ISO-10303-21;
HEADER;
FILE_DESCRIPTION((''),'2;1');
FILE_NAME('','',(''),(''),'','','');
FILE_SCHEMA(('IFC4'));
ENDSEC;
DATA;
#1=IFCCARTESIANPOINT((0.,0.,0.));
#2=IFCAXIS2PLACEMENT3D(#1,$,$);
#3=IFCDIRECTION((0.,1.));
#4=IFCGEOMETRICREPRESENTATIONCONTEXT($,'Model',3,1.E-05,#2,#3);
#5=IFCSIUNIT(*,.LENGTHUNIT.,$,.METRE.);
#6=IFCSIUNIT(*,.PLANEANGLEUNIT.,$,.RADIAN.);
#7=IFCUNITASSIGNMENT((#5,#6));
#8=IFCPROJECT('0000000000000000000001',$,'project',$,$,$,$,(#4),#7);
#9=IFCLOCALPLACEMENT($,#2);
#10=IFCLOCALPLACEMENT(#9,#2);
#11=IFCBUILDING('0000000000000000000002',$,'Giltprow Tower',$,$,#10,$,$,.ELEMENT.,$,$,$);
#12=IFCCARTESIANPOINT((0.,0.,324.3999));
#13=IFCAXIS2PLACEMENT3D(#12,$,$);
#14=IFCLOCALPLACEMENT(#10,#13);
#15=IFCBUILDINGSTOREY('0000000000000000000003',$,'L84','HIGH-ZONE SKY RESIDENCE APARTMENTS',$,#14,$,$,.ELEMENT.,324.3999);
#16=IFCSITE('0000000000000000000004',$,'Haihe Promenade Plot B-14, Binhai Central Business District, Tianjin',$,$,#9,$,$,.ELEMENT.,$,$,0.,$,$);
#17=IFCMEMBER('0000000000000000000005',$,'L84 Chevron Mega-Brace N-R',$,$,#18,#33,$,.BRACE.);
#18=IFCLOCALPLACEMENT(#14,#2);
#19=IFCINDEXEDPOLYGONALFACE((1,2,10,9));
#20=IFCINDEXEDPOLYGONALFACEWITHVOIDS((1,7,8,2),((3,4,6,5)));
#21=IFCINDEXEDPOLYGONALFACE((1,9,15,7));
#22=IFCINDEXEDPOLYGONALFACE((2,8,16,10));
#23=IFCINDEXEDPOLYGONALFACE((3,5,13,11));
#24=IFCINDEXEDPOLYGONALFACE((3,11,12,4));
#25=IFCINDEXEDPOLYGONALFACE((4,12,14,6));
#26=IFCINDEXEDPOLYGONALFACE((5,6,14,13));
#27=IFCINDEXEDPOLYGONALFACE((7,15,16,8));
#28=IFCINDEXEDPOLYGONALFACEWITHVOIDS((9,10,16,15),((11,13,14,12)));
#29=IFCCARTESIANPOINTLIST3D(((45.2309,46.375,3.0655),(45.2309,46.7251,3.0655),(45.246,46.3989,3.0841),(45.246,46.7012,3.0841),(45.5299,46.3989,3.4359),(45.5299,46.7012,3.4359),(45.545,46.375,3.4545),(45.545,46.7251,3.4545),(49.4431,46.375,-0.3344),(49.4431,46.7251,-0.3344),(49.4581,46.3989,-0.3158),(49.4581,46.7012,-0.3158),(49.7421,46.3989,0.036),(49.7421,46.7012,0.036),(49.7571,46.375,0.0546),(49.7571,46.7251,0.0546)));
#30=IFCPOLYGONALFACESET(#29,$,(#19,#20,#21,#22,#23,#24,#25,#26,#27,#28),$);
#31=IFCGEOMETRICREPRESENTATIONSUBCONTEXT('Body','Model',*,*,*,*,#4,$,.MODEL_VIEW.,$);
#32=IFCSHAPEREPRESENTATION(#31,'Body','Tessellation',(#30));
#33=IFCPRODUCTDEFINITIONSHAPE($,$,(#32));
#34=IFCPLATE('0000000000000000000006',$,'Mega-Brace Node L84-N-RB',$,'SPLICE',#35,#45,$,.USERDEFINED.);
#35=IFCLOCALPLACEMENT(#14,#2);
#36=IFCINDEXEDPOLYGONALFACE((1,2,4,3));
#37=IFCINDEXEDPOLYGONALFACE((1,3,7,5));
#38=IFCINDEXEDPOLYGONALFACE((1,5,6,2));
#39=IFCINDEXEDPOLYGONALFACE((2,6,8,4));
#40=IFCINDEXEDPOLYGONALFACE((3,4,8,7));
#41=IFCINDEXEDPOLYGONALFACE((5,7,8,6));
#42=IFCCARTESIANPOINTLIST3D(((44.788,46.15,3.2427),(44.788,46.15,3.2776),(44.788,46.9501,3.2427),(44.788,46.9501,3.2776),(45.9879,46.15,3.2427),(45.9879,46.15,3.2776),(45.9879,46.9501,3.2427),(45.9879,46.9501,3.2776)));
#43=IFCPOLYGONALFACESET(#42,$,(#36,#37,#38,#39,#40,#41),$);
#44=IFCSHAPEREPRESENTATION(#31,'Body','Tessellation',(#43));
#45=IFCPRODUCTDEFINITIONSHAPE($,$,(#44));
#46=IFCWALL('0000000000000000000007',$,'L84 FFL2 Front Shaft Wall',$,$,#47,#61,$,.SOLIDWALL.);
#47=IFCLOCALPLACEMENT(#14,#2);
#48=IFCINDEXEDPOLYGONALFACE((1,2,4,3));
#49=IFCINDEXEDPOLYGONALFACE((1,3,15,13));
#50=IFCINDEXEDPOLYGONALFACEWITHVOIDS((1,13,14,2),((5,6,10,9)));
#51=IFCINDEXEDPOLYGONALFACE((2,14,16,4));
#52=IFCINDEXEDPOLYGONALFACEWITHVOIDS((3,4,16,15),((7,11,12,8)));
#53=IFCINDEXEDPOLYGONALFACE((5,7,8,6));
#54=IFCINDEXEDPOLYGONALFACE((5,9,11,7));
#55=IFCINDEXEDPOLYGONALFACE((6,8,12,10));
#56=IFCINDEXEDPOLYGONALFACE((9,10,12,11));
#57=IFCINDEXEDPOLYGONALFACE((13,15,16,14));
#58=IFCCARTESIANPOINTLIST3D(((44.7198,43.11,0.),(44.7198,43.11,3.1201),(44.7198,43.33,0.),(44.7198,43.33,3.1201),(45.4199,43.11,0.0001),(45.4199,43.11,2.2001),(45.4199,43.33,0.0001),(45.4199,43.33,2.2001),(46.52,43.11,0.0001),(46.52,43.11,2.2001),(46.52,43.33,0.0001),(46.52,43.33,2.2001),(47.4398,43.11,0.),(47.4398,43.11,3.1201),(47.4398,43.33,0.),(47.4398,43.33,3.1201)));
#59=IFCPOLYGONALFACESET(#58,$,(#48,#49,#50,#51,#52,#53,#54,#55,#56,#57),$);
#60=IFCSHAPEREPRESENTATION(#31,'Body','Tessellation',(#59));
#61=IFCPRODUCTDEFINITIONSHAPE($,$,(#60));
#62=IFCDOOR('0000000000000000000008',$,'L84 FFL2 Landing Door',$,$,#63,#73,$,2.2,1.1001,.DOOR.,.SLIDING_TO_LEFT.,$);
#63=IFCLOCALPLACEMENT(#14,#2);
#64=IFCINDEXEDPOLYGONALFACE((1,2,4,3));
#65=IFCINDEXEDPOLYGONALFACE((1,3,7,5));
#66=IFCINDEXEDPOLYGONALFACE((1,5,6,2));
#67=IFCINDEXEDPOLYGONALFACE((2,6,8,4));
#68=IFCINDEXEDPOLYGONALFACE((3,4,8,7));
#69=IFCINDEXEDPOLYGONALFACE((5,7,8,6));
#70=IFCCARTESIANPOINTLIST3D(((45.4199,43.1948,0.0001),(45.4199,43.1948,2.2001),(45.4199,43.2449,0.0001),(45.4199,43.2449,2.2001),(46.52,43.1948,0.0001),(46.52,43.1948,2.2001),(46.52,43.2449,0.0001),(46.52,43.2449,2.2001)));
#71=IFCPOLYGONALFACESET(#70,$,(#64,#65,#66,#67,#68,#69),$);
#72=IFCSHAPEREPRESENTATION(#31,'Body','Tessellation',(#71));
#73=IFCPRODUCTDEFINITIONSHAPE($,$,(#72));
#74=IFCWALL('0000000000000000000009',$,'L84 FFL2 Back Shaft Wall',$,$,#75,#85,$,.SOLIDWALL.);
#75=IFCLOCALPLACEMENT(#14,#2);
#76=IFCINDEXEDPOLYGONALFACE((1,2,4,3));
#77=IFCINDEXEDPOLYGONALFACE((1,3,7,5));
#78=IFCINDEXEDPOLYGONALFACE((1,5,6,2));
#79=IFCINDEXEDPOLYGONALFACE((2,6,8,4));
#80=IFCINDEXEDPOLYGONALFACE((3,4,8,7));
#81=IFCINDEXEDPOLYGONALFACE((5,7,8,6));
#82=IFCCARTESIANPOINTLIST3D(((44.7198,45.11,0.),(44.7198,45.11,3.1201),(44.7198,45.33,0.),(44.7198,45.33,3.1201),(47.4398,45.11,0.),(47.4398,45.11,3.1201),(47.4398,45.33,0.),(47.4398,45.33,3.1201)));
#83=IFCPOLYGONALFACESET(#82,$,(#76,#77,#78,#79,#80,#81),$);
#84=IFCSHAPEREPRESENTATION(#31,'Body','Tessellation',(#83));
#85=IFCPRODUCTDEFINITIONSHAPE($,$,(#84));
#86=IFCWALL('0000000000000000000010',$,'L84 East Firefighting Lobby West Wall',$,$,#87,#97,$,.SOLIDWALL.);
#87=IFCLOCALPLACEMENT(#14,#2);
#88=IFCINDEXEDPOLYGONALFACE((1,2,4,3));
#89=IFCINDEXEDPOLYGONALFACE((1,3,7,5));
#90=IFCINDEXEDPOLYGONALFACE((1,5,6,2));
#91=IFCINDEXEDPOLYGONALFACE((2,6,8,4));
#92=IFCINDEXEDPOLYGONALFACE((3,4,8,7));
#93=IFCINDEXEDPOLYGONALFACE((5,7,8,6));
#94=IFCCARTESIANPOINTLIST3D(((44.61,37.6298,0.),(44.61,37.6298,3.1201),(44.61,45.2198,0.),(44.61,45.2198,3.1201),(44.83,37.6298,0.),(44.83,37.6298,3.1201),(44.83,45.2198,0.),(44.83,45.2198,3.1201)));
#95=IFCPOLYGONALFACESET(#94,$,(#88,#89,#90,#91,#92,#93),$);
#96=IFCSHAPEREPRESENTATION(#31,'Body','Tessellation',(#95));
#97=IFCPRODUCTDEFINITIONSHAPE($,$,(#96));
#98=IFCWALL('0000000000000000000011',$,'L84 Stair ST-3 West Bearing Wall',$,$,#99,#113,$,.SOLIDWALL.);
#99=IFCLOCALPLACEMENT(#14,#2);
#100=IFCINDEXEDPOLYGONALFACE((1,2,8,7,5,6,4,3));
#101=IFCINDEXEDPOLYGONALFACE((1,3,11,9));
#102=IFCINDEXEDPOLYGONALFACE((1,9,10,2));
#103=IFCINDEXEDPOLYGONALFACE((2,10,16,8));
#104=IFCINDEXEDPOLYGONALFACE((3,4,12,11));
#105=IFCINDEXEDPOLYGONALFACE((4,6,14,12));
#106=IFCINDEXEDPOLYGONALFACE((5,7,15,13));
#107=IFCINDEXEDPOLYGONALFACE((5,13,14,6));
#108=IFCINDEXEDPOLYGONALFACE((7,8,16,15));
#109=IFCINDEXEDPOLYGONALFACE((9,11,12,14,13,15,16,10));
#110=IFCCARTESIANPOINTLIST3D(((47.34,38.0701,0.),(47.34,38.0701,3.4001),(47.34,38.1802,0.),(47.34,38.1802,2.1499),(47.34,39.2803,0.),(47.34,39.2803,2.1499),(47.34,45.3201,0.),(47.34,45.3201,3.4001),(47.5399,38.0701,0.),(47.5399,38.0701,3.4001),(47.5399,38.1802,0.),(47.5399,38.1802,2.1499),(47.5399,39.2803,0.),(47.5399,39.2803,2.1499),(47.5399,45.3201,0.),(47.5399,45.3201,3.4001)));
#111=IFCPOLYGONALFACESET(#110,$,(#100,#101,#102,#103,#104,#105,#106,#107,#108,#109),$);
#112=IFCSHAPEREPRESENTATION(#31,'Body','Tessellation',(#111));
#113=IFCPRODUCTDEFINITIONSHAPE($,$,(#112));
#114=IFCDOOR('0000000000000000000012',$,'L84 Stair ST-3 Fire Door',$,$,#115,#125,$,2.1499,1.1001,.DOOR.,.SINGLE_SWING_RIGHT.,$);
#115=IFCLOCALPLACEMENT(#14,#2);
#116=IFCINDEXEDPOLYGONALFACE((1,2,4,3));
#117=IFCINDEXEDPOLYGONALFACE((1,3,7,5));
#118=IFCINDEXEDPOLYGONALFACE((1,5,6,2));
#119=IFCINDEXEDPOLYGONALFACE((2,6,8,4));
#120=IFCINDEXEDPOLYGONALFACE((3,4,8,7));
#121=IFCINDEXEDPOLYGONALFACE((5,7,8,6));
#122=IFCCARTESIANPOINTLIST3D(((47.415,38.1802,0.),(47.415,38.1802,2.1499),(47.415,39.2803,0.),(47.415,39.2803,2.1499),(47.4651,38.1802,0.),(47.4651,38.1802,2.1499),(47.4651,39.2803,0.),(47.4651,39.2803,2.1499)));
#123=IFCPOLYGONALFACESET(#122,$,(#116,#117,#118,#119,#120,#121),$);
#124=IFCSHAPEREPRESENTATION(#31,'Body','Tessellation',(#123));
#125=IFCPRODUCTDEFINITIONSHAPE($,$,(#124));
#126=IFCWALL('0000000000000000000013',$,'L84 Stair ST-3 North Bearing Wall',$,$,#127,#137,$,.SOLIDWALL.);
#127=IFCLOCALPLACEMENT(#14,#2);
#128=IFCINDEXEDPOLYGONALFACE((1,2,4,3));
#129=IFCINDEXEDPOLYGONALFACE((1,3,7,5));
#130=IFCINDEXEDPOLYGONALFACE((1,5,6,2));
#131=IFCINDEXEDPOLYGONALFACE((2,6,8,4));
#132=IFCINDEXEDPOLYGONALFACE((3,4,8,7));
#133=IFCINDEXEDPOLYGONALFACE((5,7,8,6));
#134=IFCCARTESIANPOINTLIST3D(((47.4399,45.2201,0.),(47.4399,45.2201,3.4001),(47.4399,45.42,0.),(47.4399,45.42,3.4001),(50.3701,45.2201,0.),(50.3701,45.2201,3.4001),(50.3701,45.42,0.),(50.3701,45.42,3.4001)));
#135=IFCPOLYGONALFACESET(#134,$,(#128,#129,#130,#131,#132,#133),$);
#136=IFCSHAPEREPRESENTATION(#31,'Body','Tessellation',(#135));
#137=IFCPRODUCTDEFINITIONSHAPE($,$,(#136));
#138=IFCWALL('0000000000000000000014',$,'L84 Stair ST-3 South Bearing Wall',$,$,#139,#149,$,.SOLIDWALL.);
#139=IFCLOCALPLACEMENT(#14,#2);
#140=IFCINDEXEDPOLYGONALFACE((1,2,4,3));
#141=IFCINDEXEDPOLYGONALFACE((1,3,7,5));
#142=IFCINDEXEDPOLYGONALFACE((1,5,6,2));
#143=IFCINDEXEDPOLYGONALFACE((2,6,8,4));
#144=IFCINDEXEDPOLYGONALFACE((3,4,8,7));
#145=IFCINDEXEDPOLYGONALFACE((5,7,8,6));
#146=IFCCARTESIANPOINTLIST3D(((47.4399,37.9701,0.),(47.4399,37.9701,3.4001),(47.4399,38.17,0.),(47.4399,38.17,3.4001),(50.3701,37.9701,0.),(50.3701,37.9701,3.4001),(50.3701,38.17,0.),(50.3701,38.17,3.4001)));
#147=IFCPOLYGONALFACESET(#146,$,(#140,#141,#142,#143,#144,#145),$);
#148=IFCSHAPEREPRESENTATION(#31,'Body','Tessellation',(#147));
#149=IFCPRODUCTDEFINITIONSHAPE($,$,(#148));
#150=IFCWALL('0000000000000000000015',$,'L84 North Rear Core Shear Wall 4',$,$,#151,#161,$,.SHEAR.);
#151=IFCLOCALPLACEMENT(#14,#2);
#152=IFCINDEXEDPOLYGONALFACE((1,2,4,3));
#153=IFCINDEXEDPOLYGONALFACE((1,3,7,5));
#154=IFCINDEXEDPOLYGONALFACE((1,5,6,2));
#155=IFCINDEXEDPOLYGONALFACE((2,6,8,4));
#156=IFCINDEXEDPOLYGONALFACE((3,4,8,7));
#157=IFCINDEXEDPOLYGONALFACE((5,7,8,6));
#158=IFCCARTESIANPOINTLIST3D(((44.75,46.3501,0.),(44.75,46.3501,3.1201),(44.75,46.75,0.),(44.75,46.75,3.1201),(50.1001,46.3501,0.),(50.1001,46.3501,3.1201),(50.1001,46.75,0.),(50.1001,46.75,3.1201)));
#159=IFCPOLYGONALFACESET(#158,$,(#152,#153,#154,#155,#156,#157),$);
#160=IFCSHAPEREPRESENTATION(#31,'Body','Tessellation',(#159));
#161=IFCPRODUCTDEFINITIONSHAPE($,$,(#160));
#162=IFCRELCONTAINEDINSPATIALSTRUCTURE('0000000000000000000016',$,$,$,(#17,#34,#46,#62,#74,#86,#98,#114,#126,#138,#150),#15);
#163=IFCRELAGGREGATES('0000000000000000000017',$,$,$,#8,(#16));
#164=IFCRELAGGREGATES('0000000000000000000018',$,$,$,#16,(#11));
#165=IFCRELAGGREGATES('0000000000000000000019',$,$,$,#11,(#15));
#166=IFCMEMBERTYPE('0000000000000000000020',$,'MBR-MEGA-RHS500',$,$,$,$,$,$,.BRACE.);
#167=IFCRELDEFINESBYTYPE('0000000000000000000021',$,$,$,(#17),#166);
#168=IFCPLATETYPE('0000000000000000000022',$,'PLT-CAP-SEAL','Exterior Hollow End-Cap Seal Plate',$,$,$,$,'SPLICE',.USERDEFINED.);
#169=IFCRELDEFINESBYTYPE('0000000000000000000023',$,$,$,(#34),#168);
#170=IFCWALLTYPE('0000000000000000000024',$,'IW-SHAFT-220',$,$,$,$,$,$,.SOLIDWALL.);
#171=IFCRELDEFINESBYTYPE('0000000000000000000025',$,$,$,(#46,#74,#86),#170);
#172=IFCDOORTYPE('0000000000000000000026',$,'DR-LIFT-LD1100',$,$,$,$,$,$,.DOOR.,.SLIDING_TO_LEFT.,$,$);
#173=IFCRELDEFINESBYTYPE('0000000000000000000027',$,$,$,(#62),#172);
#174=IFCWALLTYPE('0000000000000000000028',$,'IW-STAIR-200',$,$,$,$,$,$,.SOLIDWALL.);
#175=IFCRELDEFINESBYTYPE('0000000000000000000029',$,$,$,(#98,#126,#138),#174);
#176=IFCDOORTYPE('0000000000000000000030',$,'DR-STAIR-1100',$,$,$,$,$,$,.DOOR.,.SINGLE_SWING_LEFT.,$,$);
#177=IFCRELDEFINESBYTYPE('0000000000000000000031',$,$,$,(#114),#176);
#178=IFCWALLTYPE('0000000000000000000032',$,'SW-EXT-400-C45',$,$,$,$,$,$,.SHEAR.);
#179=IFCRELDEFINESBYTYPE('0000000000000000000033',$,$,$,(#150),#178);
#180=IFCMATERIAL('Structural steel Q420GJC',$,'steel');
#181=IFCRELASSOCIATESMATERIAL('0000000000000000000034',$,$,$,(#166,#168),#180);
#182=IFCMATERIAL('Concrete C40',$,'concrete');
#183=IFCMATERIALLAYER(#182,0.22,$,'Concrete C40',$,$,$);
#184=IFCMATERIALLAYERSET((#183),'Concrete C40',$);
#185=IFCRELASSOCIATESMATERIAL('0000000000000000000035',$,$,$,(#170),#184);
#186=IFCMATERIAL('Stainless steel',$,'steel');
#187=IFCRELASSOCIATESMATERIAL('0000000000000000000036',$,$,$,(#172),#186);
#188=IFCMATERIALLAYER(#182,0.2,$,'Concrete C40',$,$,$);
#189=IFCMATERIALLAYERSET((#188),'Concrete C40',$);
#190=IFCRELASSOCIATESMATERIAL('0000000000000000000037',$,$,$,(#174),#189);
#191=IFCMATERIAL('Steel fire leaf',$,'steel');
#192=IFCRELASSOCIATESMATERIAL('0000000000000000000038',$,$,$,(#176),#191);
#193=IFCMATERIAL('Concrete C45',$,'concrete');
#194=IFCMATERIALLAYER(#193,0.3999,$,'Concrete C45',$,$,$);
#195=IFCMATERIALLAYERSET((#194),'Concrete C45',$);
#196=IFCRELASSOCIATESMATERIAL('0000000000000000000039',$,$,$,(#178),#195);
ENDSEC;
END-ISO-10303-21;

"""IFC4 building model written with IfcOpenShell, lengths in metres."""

from ifc_helpers import new_model, si_unit, direction, frame, frame_2d, origin, origin_2d, place, context, subcontext, project, spatial, rectangle, hollow_rectangle, extrude, source, transform, mapped, material, layer, layer_set, material_profile, profile_set, type_object, element, fill, save


model = new_model("IFC4")

# Units and contexts
model_context = context("Model", 3, precision=1e-05, world=origin(), true_north=direction((0.0, 1.0)))
body_context = subcontext(model_context, "Body", "Model", "MODEL_VIEW")
ifc_project = project(units=[si_unit("LENGTHUNIT", "METRE"), si_unit("PLANEANGLEUNIT", "RADIAN")], contexts=[model_context])

# Site, building, storey
site_placement = place(None, origin())
site = spatial("IfcSite", under=ifc_project, at=site_placement, Name="Haihe Promenade Plot B-14, Binhai Central Business District, Tianjin", CompositionType="ELEMENT", RefElevation=0.0)
building_placement = place(site_placement, origin())
building = spatial("IfcBuilding", under=site, at=building_placement, Name="Giltprow Tower", CompositionType="ELEMENT")
storey_placement = place(building_placement, frame((0.0, 0.0, 324.3999)))
storey = spatial("IfcBuildingStorey", under=building, at=storey_placement, Name="L84", Description="HIGH-ZONE SKY RESIDENCE APARTMENTS", CompositionType="ELEMENT", Elevation=324.3999)

# Member
ifc_material_1 = material(Name="Structural steel Q420GJC", Category="steel")
ifc_material_profile = material_profile(ifc_material_1, hollow_rectangle(XDim=0.3501, YDim=0.5, WallThickness=0.0239, at=origin_2d()), Name="RHS 500x350x24")
ifc_profile_set = profile_set([ifc_material_profile], Name="Structural steel Q420GJC")
member_type = type_object("IfcMemberType", Name="MBR-MEGA-RHS500", PredefinedType="BRACE", material=ifc_profile_set)
shared_shape_1 = source(origin(), body_context, "Body", "SweptSolid", [
    extrude(hollow_rectangle(XDim=0.3501, YDim=0.5, WallThickness=0.0239, at=origin_2d()), origin(), (0.0, 0.0, 1.0), 5.4131),
])
member_placement = place(storey_placement, frame((49.6001, 46.55, -0.1399), z_axis=(-0.778142, 0.0, 0.628088), x_axis=(0.0, -1.0, 0.0)))
element("IfcMember", 1, at=member_placement, inside=storey, type_object=member_type, Name="L84 Chevron Mega-Brace N-R", PredefinedType="BRACE", context=body_context, shape_type="MappedRepresentation", body=[
    mapped(shared_shape_1, transform((0.0, 0.0, 0.0), x_axis=(1.0, 0.0, 0.0), y_axis=(0.0, 1.0, 0.0), z_axis=(0.0, 0.0, 1.0), scale=1.0)),
])

# Plate
plate_type = type_object("IfcPlateType", Name="PLT-CAP-SEAL", Description="Exterior Hollow End-Cap Seal Plate", ElementType="SPLICE", PredefinedType="USERDEFINED", material=ifc_material_1)
shared_shape_2 = source(origin(), body_context, "Body", "SweptSolid", [
    extrude(rectangle(XDim=1.2, YDim=0.8, at=origin_2d()), origin(), (0.0, 0.0, 1.0), 0.0349),
])
plate_placement = place(storey_placement, frame((45.3879, 46.55, 3.2427), z_axis=(0.0, 0.0, 1.0), x_axis=(1.0, 0.0, 0.0)))
element("IfcPlate", 2, at=plate_placement, inside=storey, type_object=plate_type, Name="Mega-Brace Node L84-N-RB", ObjectType="SPLICE", PredefinedType="USERDEFINED", context=body_context, shape_type="MappedRepresentation", body=[
    mapped(shared_shape_2, transform((0.0, 0.0, 0.0), x_axis=(1.0, 0.0, 0.0), y_axis=(0.0, 1.0, 0.0), z_axis=(0.0, 0.0, 1.0), scale=1.0)),
])

# Wall, opening, door
ifc_material_2 = material(Name="Concrete C40", Category="concrete")
ifc_layer_1 = layer(ifc_material_2, 0.22, Name="Concrete C40")
ifc_layer_set_1 = layer_set([ifc_layer_1], Name="Concrete C40")
wall_type_1 = type_object("IfcWallType", Name="IW-SHAFT-220", PredefinedType="SOLIDWALL", material=ifc_layer_set_1)
wall_1_placement = place(storey_placement, frame((44.72, 43.22, 0.0), z_axis=(0.0, 0.0, 1.0), x_axis=(1.0, 0.0, 0.0)))
wall_1 = element("IfcWall", 3, at=wall_1_placement, inside=storey, type_object=wall_type_1, Name="L84 FFL2 Front Shaft Wall", PredefinedType="SOLIDWALL", context=body_context, shape_type="SweptSolid", body=[
    extrude(rectangle(XDim=2.72, YDim=0.22, at=frame_2d((1.3599, 0.0))), origin(), (0.0, 0.0, 1.0), 3.1201),
])
opening_1_placement = place(wall_1_placement, frame((0.7, 0.0, 0.0)))
opening_1 = element("IfcOpeningElement", 4, at=opening_1_placement, cuts=wall_1, PredefinedType="OPENING", context=body_context, shape_type="SweptSolid", body=[
    extrude(rectangle(XDim=1.1001, YDim=2.2, at=frame_2d((0.55, 1.1001))), frame((0.0, 0.1199, 0.0), z_axis=(0.0, -1.0, 0.0), x_axis=(1.0, 0.0, 0.0)), (0.0, 0.0, 1.0), 0.24),
])
ifc_material_3 = material(Name="Stainless steel", Category="steel")
door_type_1 = type_object("IfcDoorType", Name="DR-LIFT-LD1100", OperationType="SLIDING_TO_LEFT", PredefinedType="DOOR", material=ifc_material_3)
shared_shape_3 = source(origin(), body_context, "Body", "SweptSolid", [
    extrude(rectangle(XDim=1.1001, YDim=2.2, at=frame_2d((0.55, 1.1001))), frame((0.0, 0.0249, 0.0), z_axis=(0.0, -1.0, 0.0), x_axis=(1.0, 0.0, 0.0)), (0.0, 0.0, 1.0), 0.05),
])
door_1_placement = place(opening_1_placement, origin())
door_1 = element("IfcDoor", 5, at=door_1_placement, inside=storey, type_object=door_type_1, Name="L84 FFL2 Landing Door", OperationType="SLIDING_TO_LEFT", OverallHeight=2.2, OverallWidth=1.1001, PredefinedType="DOOR", context=body_context, shape_type="MappedRepresentation", body=[
    mapped(shared_shape_3, transform((0.0, 0.0, 0.0), x_axis=(1.0, 0.0, 0.0), y_axis=(0.0, 1.0, 0.0), z_axis=(0.0, 0.0, 1.0), scale=1.0)),
])
fill(opening_1, door_1)

# Walls
wall_2_placement = place(storey_placement, frame((44.72, 45.22, 0.0), z_axis=(0.0, 0.0, 1.0), x_axis=(1.0, 0.0, 0.0)))
element("IfcWall", 6, at=wall_2_placement, inside=storey, type_object=wall_type_1, Name="L84 FFL2 Back Shaft Wall", PredefinedType="SOLIDWALL", context=body_context, shape_type="SweptSolid", body=[
    extrude(rectangle(XDim=2.72, YDim=0.22, at=frame_2d((1.3599, 0.0))), origin(), (0.0, 0.0, 1.0), 3.1201),
])
wall_3_placement = place(storey_placement, frame((44.72, 37.6299, 0.0), z_axis=(0.0, 0.0, 1.0), x_axis=(0.0, 1.0, 0.0)))
element("IfcWall", 7, at=wall_3_placement, inside=storey, type_object=wall_type_1, Name="L84 East Firefighting Lobby West Wall", PredefinedType="SOLIDWALL", context=body_context, shape_type="SweptSolid", body=[
    extrude(rectangle(XDim=7.5901, YDim=0.22, at=frame_2d((3.7949, 0.0))), origin(), (0.0, 0.0, 1.0), 3.1201),
])

# Wall, opening, door
ifc_layer_2 = layer(ifc_material_2, 0.2, Name="Concrete C40")
ifc_layer_set_2 = layer_set([ifc_layer_2], Name="Concrete C40")
wall_type_2 = type_object("IfcWallType", Name="IW-STAIR-200", PredefinedType="SOLIDWALL", material=ifc_layer_set_2)
wall_4_placement = place(storey_placement, frame((47.4399, 38.0701, 0.0), z_axis=(0.0, 0.0, 1.0), x_axis=(0.0, 1.0, 0.0)))
wall_4 = element("IfcWall", 8, at=wall_4_placement, inside=storey, type_object=wall_type_2, Name="L84 Stair ST-3 West Bearing Wall", PredefinedType="SOLIDWALL", context=body_context, shape_type="SweptSolid", body=[
    extrude(rectangle(XDim=7.25, YDim=0.2, at=frame_2d((3.625, 0.0))), origin(), (0.0, 0.0, 1.0), 3.4001),
])
opening_2_placement = place(wall_4_placement, frame((0.1101, 0.0, 0.0)))
opening_2 = element("IfcOpeningElement", 9, at=opening_2_placement, cuts=wall_4, PredefinedType="OPENING", context=body_context, shape_type="SweptSolid", body=[
    extrude(rectangle(XDim=1.1001, YDim=2.1499, at=frame_2d((0.55, 1.075))), frame((0.0, 0.1099, 0.0), z_axis=(0.0, -1.0, 0.0), x_axis=(1.0, 0.0, 0.0)), (0.0, 0.0, 1.0), 0.22),
])
ifc_material_4 = material(Name="Steel fire leaf", Category="steel")
door_type_2 = type_object("IfcDoorType", Name="DR-STAIR-1100", OperationType="SINGLE_SWING_LEFT", PredefinedType="DOOR", material=ifc_material_4)
shared_shape_4 = source(origin(), body_context, "Body", "SweptSolid", [
    extrude(rectangle(XDim=1.1001, YDim=2.1499, at=frame_2d((0.55, 1.075))), frame((0.0, 0.0249, 0.0), z_axis=(0.0, -1.0, 0.0), x_axis=(1.0, 0.0, 0.0)), (0.0, 0.0, 1.0), 0.05),
])
door_2_placement = place(opening_2_placement, origin())
door_2 = element("IfcDoor", 10, at=door_2_placement, inside=storey, type_object=door_type_2, Name="L84 Stair ST-3 Fire Door", OperationType="SINGLE_SWING_RIGHT", OverallHeight=2.1499, OverallWidth=1.1001, PredefinedType="DOOR", context=body_context, shape_type="MappedRepresentation", body=[
    mapped(shared_shape_4, transform((0.0, 0.0, 0.0), x_axis=(1.0, 0.0, 0.0), y_axis=(0.0, 1.0, 0.0), z_axis=(0.0, 0.0, 1.0), scale=1.0)),
])
fill(opening_2, door_2)

# Walls
for number, where, z_axis, x_axis, name in (
    (11, (47.4399, 45.3201, 0.0), (0.0, 0.0, 1.0), (1.0, 0.0, 0.0), "L84 Stair ST-3 North Bearing Wall"),
    (12, (47.4399, 38.0701, 0.0), (0.0, 0.0, 1.0), (1.0, 0.0, 0.0), "L84 Stair ST-3 South Bearing Wall"),
):
    element("IfcWall", number, at=place(storey_placement, frame(where, z_axis=z_axis, x_axis=x_axis)), inside=storey, type_object=wall_type_2, Name=name, PredefinedType="SOLIDWALL", context=body_context, shape_type="SweptSolid", body=[
        extrude(rectangle(XDim=2.9302, YDim=0.2, at=frame_2d((1.4651, 0.0))), origin(), (0.0, 0.0, 1.0), 3.4001),
    ])
ifc_material_5 = material(Name="Concrete C45", Category="concrete")
ifc_layer_3 = layer(ifc_material_5, 0.3999, Name="Concrete C45")
ifc_layer_set_3 = layer_set([ifc_layer_3], Name="Concrete C45")
wall_type_3 = type_object("IfcWallType", Name="SW-EXT-400-C45", PredefinedType="SHEAR", material=ifc_layer_set_3)
wall_5_placement = place(storey_placement, frame((44.75, 46.55, 0.0), z_axis=(0.0, 0.0, 1.0), x_axis=(1.0, 0.0, 0.0)))
element("IfcWall", 13, at=wall_5_placement, inside=storey, type_object=wall_type_3, Name="L84 North Rear Core Shear Wall 4", PredefinedType="SHEAR", context=body_context, shape_type="SweptSolid", body=[
    extrude(rectangle(XDim=5.3501, YDim=0.3999, at=frame_2d((2.675, 0.0))), origin(), (0.0, 0.0, 1.0), 3.1201),
])

save(model, "model.ifc")
